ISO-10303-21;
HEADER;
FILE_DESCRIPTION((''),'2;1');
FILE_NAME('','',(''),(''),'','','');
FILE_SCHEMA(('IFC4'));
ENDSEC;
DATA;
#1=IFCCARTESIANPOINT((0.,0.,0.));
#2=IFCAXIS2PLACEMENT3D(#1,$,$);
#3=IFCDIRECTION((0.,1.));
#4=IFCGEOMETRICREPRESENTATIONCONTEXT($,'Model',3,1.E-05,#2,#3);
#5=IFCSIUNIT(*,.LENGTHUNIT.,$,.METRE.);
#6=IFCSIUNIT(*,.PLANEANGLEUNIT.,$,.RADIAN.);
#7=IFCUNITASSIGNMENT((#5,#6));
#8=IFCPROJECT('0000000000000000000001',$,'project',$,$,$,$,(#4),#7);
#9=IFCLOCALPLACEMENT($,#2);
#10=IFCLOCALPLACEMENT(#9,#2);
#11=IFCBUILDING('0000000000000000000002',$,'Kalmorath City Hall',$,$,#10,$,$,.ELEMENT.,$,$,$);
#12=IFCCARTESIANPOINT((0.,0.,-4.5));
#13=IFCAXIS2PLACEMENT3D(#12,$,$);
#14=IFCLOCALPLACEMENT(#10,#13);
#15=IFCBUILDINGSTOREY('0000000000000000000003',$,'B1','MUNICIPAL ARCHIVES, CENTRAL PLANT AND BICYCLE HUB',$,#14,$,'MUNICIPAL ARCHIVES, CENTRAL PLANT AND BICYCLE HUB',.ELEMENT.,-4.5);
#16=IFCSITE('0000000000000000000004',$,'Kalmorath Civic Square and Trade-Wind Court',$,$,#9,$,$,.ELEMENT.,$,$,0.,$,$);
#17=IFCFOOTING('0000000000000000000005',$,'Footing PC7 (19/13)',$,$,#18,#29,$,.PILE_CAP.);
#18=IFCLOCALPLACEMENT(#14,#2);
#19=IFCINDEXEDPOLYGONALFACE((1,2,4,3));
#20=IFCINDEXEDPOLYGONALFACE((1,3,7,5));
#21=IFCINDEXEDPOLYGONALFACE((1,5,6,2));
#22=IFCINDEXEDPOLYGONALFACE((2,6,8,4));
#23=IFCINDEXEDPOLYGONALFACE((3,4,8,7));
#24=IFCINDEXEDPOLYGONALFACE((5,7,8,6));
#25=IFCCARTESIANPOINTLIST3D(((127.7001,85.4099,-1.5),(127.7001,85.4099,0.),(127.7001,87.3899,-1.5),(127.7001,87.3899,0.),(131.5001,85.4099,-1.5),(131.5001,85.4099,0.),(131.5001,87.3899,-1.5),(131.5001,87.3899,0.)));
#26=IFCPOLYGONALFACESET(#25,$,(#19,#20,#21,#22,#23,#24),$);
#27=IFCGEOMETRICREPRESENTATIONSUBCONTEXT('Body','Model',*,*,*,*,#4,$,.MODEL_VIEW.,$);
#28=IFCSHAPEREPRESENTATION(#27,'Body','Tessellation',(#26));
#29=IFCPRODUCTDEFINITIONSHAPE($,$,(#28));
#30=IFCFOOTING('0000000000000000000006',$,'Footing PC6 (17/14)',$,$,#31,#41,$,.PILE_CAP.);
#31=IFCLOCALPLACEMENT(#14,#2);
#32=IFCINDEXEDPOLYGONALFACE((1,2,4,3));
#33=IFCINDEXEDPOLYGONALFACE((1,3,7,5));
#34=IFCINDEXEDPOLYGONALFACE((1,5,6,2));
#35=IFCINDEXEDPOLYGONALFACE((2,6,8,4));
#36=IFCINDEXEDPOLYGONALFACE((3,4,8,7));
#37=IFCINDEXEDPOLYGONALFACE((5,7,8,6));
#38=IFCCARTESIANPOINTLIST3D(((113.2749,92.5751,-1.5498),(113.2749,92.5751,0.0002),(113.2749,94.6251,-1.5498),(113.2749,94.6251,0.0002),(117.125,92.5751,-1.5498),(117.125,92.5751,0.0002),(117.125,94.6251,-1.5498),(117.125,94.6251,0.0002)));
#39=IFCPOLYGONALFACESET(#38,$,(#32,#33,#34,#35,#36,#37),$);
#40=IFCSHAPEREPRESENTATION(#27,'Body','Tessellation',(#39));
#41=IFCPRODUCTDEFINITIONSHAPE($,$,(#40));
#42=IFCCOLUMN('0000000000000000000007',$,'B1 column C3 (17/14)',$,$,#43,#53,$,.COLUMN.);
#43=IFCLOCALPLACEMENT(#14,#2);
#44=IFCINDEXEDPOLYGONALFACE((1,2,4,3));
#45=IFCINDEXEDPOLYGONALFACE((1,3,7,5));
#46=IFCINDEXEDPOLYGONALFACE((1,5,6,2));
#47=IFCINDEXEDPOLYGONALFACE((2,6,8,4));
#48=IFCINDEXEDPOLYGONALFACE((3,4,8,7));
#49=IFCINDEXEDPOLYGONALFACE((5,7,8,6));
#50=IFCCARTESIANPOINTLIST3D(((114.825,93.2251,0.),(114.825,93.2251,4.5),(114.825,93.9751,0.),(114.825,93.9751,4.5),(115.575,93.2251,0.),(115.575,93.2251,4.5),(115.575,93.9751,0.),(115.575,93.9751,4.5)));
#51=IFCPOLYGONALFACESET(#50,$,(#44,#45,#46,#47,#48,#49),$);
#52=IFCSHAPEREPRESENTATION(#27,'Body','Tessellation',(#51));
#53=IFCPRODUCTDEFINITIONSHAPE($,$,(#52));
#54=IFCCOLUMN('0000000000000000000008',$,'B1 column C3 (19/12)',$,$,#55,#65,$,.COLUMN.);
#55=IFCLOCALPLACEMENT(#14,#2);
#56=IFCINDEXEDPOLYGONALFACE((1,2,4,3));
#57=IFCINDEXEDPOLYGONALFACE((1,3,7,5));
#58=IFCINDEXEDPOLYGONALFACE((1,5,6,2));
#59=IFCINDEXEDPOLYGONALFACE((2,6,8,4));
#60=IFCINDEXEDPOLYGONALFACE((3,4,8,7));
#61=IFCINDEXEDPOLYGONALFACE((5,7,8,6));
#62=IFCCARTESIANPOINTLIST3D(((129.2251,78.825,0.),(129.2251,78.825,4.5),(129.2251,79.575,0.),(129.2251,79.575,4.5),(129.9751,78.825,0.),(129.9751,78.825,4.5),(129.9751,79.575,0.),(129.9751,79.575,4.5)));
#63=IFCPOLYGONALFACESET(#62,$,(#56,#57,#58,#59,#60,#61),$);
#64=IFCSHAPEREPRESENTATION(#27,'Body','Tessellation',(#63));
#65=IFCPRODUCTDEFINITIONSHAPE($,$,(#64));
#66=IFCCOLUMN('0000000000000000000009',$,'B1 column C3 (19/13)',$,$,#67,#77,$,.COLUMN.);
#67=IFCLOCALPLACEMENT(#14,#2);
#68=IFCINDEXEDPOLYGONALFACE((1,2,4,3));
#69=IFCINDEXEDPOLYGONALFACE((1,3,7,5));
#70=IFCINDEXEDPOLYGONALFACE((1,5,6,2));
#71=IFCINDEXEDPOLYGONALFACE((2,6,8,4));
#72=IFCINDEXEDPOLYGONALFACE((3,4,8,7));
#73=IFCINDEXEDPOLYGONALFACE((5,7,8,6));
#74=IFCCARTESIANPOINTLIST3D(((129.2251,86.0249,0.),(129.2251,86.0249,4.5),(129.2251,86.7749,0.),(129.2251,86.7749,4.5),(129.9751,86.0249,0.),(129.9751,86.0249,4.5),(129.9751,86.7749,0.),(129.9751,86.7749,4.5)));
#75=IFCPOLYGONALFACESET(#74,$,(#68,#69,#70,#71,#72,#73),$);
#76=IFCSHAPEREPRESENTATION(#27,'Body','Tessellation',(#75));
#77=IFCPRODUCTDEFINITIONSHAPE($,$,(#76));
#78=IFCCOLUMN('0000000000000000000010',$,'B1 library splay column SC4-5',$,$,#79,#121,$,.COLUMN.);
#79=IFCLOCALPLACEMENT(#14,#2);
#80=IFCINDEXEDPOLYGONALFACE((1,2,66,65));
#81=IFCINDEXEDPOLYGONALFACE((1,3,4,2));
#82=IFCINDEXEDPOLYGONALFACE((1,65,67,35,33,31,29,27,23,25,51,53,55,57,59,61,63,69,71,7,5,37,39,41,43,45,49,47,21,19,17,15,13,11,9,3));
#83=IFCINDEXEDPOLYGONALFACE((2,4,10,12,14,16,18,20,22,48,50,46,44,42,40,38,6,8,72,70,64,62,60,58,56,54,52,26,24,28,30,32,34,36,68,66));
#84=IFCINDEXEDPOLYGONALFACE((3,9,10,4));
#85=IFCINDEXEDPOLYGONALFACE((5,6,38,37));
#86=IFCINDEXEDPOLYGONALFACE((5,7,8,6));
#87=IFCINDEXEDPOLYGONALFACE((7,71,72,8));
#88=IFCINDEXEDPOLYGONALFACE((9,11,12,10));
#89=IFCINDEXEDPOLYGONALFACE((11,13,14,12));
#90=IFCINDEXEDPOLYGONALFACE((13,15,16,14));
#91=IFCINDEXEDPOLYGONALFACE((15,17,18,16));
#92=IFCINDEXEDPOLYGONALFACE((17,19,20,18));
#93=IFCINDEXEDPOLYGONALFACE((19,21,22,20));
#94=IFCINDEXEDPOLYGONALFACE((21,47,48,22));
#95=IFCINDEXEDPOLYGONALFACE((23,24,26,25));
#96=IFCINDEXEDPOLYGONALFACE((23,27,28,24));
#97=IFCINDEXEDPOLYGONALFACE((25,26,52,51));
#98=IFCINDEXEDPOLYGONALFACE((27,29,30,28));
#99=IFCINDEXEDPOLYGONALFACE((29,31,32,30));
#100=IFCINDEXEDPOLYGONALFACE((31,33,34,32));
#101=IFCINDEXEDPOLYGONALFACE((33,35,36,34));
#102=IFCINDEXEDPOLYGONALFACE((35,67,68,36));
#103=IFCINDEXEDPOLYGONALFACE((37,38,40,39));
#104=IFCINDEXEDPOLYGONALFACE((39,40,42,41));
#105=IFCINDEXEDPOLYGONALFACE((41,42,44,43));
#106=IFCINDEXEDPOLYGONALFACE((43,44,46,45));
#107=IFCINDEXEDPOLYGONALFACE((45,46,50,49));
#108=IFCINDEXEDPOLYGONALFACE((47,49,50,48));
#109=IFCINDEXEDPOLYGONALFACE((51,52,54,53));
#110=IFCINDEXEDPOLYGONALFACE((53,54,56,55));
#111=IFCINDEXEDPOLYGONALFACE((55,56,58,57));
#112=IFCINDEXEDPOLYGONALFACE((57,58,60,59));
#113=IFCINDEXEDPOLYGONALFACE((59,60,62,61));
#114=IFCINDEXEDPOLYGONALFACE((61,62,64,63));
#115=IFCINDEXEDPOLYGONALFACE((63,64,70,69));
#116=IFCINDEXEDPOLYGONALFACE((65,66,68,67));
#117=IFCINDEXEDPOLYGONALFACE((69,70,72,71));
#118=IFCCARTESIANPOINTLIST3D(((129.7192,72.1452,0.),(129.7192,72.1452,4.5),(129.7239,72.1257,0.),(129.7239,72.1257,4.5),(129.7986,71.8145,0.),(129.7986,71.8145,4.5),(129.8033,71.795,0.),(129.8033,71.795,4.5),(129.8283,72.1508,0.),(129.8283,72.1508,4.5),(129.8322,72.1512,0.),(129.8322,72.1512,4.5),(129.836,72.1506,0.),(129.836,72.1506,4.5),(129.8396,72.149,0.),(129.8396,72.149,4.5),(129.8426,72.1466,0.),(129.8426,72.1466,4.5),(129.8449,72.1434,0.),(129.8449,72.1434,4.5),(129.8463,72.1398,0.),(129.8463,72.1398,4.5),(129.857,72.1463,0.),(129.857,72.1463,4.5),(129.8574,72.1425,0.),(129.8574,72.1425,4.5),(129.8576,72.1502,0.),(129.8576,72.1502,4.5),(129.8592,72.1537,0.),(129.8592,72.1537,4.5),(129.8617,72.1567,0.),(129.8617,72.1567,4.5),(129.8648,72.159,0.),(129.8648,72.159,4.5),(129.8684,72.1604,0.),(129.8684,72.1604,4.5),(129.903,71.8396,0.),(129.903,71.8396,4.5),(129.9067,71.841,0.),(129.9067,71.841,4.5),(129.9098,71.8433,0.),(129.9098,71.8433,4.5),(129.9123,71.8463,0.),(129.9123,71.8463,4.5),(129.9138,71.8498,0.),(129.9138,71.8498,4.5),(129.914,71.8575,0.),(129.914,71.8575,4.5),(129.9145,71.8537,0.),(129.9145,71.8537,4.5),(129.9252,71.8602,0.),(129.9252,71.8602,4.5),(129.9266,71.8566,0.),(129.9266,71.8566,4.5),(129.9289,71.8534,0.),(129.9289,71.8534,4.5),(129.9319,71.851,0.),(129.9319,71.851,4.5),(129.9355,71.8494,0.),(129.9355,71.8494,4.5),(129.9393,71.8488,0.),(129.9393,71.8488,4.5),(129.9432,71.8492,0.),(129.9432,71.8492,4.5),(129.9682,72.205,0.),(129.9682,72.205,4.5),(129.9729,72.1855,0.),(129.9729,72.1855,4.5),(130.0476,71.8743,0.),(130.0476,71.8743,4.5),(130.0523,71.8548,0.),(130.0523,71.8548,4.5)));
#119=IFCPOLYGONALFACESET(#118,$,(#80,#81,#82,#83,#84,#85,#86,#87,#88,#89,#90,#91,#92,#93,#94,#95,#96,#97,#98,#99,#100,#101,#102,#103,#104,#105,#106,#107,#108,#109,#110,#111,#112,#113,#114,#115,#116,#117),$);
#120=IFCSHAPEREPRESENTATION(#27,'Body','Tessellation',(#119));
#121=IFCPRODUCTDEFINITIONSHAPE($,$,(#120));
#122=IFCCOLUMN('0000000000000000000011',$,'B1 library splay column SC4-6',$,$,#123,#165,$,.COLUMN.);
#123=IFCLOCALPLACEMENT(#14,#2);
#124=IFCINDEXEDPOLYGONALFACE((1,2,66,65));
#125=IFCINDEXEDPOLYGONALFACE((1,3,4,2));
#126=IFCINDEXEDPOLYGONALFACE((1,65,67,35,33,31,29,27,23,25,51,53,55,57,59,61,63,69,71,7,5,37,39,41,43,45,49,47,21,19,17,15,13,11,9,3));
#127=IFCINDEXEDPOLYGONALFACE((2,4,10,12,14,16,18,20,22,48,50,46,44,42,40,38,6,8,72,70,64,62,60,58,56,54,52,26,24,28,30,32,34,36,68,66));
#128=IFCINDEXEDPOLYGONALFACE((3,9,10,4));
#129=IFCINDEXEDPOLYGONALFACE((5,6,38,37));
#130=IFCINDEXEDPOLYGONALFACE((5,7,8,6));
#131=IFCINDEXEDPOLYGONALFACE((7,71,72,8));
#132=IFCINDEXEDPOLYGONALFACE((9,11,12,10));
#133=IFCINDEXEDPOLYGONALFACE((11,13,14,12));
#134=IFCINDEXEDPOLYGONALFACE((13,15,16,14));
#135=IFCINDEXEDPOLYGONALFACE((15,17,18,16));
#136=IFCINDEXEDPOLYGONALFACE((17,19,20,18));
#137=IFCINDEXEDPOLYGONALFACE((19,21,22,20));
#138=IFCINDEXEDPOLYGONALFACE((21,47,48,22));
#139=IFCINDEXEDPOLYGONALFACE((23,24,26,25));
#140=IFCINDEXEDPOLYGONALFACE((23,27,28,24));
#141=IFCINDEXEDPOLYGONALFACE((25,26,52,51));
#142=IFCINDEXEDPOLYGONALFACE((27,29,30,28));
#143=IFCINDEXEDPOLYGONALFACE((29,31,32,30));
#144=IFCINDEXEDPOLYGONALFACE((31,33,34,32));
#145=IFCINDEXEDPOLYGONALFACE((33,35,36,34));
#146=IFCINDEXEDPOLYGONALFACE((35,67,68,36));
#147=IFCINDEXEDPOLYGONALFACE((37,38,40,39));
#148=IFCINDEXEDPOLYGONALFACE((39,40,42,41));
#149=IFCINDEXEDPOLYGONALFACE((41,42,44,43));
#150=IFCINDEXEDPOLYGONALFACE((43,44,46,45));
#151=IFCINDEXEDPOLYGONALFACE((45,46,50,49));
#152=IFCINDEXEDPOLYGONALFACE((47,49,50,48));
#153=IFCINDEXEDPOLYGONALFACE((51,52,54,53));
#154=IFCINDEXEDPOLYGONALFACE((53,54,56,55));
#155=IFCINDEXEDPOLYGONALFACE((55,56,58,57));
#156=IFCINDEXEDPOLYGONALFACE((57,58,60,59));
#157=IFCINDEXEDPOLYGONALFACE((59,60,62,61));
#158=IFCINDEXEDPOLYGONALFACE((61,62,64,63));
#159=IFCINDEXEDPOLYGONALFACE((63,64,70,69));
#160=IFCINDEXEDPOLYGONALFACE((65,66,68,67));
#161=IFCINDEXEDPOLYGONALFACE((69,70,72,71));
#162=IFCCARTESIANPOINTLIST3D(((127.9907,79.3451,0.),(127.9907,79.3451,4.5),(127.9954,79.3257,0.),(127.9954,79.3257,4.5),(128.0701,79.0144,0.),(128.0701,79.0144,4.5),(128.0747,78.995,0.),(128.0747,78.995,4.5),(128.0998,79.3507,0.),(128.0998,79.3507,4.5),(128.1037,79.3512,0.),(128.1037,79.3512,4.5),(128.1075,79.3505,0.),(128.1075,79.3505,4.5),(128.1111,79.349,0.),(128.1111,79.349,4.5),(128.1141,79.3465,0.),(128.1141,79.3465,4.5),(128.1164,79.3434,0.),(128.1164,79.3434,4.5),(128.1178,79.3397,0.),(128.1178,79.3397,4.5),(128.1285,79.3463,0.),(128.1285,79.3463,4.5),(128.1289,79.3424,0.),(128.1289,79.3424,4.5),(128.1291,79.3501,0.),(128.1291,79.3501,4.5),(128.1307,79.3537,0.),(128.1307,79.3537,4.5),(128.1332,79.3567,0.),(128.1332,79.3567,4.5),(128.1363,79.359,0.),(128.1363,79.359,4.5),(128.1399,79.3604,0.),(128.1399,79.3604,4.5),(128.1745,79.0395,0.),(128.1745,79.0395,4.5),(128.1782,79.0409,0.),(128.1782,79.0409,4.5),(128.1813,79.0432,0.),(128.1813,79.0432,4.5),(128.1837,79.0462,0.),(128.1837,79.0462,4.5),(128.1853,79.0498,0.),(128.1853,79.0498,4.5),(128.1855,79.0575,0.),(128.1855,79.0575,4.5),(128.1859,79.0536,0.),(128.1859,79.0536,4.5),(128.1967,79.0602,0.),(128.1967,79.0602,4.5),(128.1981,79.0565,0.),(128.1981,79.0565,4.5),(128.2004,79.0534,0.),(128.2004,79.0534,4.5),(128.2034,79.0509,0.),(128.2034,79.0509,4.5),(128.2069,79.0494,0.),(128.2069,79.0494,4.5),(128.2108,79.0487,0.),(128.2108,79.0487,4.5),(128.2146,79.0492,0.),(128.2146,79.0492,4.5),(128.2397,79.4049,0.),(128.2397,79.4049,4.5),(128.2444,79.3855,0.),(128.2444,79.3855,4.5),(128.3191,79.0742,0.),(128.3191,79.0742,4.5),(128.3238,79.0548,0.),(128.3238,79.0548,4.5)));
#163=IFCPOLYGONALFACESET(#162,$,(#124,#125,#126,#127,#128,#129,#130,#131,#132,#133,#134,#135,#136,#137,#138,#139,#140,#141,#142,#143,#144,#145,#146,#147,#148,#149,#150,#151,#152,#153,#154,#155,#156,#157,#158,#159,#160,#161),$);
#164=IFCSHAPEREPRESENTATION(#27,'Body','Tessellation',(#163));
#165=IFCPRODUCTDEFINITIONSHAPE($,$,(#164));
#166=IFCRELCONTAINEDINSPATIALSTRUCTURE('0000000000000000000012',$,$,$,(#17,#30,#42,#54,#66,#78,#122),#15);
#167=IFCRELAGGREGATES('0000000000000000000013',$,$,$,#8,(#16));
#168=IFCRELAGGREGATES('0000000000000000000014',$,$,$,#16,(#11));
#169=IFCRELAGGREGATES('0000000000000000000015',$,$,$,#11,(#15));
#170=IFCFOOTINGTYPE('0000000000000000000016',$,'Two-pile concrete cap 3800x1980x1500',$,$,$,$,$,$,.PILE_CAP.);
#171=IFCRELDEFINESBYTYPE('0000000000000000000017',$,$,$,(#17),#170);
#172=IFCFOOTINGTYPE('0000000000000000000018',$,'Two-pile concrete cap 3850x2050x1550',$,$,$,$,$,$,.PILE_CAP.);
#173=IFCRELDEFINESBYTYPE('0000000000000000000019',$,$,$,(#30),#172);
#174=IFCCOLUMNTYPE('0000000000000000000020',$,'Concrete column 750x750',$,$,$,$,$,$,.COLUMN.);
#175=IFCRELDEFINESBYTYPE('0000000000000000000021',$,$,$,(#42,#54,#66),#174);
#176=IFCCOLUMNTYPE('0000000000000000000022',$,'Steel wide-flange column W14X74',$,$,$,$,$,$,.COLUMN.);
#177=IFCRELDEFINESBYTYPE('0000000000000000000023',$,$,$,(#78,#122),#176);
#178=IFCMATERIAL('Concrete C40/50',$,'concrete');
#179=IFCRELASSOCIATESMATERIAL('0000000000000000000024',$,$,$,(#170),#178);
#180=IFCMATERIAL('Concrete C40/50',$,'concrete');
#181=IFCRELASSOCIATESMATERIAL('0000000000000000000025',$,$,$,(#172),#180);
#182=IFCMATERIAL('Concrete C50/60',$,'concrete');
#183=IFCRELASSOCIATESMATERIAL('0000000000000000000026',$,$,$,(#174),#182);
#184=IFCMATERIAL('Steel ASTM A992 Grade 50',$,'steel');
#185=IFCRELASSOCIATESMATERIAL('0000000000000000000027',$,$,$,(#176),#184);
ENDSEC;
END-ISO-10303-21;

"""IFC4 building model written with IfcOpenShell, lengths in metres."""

from ifc_helpers import new_model, si_unit, direction, frame, origin, origin_2d, place, context, subcontext, project, spatial, rectangle, i_section, extrude, material, material_profile, profile_set, type_object, element, save


model = new_model("IFC4")

# Units and contexts
model_context = context("Model", 3, precision=1e-05, world=origin(), true_north=direction((0.0, 1.0)))
body_context = subcontext(model_context, "Body", "Model", "MODEL_VIEW")
ifc_project = project(units=[si_unit("LENGTHUNIT", "METRE"), si_unit("PLANEANGLEUNIT", "RADIAN")], contexts=[model_context])

# Site, building, storey
site_placement = place(None, origin())
site = spatial("IfcSite", under=ifc_project, at=site_placement, Name="Kalmorath Civic Square and Trade-Wind Court", CompositionType="ELEMENT", RefElevation=0.0)
building_placement = place(site_placement, origin())
building = spatial("IfcBuilding", under=site, at=building_placement, Name="Kalmorath City Hall", CompositionType="ELEMENT")
storey_placement = place(building_placement, frame((0.0, 0.0, -4.5)))
storey = spatial("IfcBuildingStorey", under=building, at=storey_placement, Name="B1", Description="MUNICIPAL ARCHIVES, CENTRAL PLANT AND BICYCLE HUB", LongName="MUNICIPAL ARCHIVES, CENTRAL PLANT AND BICYCLE HUB", CompositionType="ELEMENT", Elevation=-4.5)

# Footings
ifc_material_1 = material(Name="Concrete C40/50", Category="concrete")
footing_type_1 = type_object("IfcFootingType", Name="Two-pile concrete cap 3800x1980x1500", PredefinedType="PILE_CAP", material=ifc_material_1)
for number, where, z_axis, x_axis, name in (
    (1, (129.6001, 86.3999, -1.5), (0.0, 0.0, 1.0), (1.0, 0.0, 0.0), "Footing PC7 (19/13)"),
):
    element("IfcFooting", number, at=place(storey_placement, frame(where, z_axis=z_axis, x_axis=x_axis)), inside=storey, type_object=footing_type_1, Name=name, PredefinedType="PILE_CAP", context=body_context, shape_type="SweptSolid", body=[
        extrude(rectangle(XDim=3.8, YDim=1.98, at=origin_2d()), origin(), (0.0, 0.0, 1.0), 1.5),
    ])
ifc_material_2 = material(Name="Concrete C40/50", Category="concrete")
footing_type_2 = type_object("IfcFootingType", Name="Two-pile concrete cap 3850x2050x1550", PredefinedType="PILE_CAP", material=ifc_material_2)
footing_1_placement = place(storey_placement, frame((115.2, 93.6001, -1.5498), z_axis=(0.0, 0.0, 1.0), x_axis=(1.0, 0.0, 0.0)))
element("IfcFooting", 2, at=footing_1_placement, inside=storey, type_object=footing_type_2, Name="Footing PC6 (17/14)", PredefinedType="PILE_CAP", context=body_context, shape_type="SweptSolid", body=[
    extrude(rectangle(XDim=3.8501, YDim=2.05, at=origin_2d()), origin(), (0.0, 0.0, 1.0), 1.55),
])

# Columns
ifc_material_3 = material(Name="Concrete C50/60", Category="concrete")
ifc_material_profile_1 = material_profile(ifc_material_3, rectangle(XDim=0.75, YDim=0.75, at=origin_2d()), Name="RC-COL-750X750")
ifc_profile_set_1 = profile_set([ifc_material_profile_1], Name="Concrete C50/60")
column_type_1 = type_object("IfcColumnType", Name="Concrete column 750x750", PredefinedType="COLUMN", material=ifc_profile_set_1)
for number, where, z_axis, x_axis, name in (
    (3, (115.2, 93.6001, 0.0), (0.0, 0.0, 1.0), (1.0, 0.0, 0.0), "B1 column C3 (17/14)"),
    (4, (129.6001, 79.2, 0.0), (0.0, 0.0, 1.0), (1.0, 0.0, 0.0), "B1 column C3 (19/12)"),
    (5, (129.6001, 86.3999, 0.0), (0.0, 0.0, 1.0), (1.0, 0.0, 0.0), "B1 column C3 (19/13)"),
):
    element("IfcColumn", number, at=place(storey_placement, frame(where, z_axis=z_axis, x_axis=x_axis)), inside=storey, type_object=column_type_1, Name=name, PredefinedType="COLUMN", context=body_context, shape_type="SweptSolid", body=[
        extrude(rectangle(XDim=0.75, YDim=0.75, at=origin_2d()), origin(), (0.0, 0.0, 1.0), 4.5),
    ])
ifc_material_4 = material(Name="Steel ASTM A992 Grade 50", Category="steel")
ifc_material_profile_2 = material_profile(ifc_material_4, i_section(OverallWidth=0.2561, OverallDepth=0.3601, WebThickness=0.0115, FlangeThickness=0.02, FilletRadius=0.0149, at=origin_2d()), Name="W14X74")
ifc_profile_set_2 = profile_set([ifc_material_profile_2], Name="Steel ASTM A992 Grade 50")
column_type_2 = type_object("IfcColumnType", Name="Steel wide-flange column W14X74", PredefinedType="COLUMN", material=ifc_profile_set_2)
for number, where, z_axis, x_axis, name in (
    (6, (129.8857, 72.0, 0.0), (0.0, 0.0, 1.0), (0.97237, 0.233445, 0.0), "B1 library splay column SC4-5"),
    (7, (128.1572, 79.2, 0.0), (0.0, 0.0, 1.0), (0.97237, 0.233445, 0.0), "B1 library splay column SC4-6"),
):
    element("IfcColumn", number, at=place(storey_placement, frame(where, z_axis=z_axis, x_axis=x_axis)), inside=storey, type_object=column_type_2, Name=name, PredefinedType="COLUMN", context=body_context, shape_type="SweptSolid", body=[
        extrude(i_section(OverallWidth=0.2561, OverallDepth=0.3601, WebThickness=0.0115, FlangeThickness=0.02, FilletRadius=0.0149, at=origin_2d()), origin(), (0.0, 0.0, 1.0), 4.5),
    ])

save(model, "model.ifc")
